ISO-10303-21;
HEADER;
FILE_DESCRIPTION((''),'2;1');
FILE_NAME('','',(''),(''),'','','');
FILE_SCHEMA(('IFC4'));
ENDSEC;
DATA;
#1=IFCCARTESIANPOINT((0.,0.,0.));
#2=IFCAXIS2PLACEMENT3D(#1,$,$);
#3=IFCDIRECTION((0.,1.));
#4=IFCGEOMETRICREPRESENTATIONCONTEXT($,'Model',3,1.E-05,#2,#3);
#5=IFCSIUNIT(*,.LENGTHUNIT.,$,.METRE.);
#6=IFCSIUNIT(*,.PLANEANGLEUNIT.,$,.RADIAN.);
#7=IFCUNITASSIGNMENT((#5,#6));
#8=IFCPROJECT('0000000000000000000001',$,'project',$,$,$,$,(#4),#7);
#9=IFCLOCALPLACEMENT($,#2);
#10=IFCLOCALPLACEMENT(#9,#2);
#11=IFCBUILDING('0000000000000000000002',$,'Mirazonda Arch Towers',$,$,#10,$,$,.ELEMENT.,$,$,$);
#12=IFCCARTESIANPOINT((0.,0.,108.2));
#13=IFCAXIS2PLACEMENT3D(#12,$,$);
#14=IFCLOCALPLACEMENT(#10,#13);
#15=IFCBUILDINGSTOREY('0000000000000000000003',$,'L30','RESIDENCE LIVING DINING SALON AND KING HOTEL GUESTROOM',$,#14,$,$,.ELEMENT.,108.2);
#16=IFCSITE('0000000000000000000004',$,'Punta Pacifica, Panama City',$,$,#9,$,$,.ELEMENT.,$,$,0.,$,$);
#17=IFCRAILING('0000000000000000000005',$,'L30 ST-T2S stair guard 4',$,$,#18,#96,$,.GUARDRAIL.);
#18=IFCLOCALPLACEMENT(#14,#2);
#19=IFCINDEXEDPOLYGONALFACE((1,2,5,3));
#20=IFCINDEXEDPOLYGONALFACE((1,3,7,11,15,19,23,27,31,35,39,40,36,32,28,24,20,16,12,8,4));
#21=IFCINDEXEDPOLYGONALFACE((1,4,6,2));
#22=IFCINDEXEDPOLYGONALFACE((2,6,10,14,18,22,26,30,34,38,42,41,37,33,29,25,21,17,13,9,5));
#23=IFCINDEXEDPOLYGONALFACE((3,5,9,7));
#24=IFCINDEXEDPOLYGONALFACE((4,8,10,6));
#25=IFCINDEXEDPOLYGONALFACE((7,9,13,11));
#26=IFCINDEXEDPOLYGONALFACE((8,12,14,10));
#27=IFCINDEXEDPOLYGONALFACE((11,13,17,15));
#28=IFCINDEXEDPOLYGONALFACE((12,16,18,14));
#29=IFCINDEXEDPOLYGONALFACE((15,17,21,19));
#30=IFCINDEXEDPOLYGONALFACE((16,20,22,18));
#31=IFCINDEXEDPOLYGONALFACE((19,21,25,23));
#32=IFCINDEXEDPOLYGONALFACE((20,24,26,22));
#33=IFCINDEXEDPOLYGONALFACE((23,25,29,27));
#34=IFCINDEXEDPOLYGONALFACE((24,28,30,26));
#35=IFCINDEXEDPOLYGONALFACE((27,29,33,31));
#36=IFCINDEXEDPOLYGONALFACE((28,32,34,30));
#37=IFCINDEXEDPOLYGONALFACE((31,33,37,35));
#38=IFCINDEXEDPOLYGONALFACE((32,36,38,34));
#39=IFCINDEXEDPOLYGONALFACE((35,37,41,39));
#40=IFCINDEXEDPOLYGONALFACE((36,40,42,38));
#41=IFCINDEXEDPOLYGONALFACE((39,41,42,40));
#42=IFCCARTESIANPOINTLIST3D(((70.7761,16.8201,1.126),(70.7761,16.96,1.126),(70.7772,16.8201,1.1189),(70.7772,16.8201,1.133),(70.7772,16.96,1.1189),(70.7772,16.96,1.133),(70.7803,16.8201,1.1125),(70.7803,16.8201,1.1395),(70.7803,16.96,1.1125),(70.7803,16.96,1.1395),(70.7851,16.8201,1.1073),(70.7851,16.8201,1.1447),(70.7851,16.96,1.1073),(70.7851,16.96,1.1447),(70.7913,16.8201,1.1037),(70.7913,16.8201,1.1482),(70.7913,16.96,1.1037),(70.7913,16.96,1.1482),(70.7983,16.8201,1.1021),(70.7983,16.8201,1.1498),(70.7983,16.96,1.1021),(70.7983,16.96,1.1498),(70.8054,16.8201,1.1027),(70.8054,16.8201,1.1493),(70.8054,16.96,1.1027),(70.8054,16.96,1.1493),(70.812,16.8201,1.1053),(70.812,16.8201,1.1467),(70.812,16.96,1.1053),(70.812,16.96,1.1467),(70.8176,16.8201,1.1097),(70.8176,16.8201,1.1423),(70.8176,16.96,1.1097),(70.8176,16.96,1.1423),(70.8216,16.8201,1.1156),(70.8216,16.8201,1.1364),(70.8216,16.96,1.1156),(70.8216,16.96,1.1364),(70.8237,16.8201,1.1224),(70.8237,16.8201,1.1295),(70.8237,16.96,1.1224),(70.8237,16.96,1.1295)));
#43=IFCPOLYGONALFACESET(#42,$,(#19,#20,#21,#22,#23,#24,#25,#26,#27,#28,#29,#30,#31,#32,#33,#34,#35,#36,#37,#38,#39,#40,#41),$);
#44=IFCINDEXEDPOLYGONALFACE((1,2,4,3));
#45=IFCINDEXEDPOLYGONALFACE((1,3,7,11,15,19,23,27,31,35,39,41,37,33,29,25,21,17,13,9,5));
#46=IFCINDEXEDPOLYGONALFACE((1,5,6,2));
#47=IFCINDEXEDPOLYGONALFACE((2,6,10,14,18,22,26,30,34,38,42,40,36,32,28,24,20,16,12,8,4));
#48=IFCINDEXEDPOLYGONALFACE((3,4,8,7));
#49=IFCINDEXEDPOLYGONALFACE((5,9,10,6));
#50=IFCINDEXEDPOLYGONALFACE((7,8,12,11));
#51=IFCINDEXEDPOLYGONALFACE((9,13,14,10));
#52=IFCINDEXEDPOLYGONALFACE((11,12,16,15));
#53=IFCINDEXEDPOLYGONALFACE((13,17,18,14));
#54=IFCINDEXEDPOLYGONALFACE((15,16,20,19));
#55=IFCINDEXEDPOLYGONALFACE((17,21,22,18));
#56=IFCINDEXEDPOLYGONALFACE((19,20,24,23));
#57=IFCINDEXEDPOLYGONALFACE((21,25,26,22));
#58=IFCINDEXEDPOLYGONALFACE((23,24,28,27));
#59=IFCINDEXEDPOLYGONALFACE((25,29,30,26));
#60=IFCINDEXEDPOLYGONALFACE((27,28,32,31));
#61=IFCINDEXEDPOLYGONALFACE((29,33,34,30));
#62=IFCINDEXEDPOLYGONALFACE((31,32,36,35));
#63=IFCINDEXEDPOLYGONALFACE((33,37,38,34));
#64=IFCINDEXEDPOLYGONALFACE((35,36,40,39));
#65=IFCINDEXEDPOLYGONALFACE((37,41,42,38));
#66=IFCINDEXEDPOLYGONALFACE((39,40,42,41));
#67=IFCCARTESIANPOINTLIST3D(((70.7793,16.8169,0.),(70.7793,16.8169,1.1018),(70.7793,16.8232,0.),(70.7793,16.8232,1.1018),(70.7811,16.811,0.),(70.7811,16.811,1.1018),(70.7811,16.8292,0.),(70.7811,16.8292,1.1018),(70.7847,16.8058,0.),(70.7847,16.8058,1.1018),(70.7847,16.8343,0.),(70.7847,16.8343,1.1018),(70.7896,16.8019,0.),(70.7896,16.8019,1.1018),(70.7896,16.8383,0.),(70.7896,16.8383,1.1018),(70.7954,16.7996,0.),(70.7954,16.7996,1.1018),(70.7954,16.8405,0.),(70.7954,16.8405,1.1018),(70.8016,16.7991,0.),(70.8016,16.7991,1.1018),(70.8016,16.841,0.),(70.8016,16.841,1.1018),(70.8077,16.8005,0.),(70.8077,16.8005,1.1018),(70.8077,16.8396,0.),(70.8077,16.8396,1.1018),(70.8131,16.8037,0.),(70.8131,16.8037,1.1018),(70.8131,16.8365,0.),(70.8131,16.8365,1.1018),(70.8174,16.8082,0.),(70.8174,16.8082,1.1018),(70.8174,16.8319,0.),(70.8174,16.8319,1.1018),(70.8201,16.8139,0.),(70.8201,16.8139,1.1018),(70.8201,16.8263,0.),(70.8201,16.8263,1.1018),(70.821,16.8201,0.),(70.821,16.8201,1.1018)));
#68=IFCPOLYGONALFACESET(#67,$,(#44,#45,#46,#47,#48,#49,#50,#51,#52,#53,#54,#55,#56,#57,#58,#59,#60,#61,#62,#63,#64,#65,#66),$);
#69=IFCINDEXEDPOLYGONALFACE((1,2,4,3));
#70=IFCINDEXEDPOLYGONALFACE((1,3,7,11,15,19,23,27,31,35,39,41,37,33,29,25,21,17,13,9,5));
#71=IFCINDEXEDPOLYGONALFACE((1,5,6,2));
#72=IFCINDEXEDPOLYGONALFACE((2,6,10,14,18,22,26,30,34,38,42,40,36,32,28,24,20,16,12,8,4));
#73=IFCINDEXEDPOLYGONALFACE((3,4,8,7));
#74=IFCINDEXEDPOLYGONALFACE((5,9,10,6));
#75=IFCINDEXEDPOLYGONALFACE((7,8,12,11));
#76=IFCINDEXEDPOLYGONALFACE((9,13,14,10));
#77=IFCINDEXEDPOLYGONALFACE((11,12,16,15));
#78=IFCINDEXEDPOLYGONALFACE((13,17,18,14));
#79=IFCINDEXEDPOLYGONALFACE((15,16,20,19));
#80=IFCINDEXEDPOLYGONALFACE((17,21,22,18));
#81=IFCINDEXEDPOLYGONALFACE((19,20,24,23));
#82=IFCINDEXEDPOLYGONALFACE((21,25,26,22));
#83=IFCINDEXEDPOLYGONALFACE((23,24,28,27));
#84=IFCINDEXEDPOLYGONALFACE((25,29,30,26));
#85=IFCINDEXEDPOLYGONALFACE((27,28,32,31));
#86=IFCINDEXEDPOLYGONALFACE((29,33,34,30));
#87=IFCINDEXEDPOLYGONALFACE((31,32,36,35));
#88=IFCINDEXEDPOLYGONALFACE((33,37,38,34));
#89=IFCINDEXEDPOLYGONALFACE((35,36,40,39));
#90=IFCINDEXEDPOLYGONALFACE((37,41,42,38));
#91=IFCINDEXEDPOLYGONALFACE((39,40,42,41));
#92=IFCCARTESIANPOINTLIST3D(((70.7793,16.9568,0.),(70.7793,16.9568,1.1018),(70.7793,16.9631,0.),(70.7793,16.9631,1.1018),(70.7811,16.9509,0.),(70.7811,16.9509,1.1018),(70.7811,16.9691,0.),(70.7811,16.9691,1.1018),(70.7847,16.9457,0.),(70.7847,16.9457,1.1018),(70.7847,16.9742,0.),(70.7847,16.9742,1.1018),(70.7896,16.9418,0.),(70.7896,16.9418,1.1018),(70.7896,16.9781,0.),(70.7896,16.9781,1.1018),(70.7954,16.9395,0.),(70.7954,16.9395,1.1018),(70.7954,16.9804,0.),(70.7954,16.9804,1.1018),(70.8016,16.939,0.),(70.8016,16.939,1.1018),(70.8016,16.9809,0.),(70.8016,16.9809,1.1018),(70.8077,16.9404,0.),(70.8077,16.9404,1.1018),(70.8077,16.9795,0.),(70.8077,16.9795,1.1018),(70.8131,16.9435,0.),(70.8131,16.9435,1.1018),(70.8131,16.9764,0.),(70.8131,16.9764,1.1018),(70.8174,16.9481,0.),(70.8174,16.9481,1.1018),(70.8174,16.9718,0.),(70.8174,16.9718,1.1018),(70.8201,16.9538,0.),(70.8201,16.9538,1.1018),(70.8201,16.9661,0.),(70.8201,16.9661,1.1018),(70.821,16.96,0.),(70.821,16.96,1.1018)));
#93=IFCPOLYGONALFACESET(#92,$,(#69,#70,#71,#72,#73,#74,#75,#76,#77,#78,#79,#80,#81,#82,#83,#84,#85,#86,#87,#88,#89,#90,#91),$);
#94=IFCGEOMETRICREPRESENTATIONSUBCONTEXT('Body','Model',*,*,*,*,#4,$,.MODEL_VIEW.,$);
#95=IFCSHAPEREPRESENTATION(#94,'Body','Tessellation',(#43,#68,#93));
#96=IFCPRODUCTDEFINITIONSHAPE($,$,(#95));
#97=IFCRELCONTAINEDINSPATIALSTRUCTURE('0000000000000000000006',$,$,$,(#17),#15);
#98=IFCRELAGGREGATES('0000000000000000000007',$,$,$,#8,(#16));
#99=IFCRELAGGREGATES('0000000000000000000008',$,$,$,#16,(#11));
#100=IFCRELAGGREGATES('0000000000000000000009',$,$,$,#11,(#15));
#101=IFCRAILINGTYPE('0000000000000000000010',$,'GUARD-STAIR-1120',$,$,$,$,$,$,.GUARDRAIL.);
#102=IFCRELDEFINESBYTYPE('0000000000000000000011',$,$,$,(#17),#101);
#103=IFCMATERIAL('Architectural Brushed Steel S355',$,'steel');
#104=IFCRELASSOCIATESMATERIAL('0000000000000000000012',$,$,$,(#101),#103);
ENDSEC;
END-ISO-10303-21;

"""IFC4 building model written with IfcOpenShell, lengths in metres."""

from ifc_helpers import new_model, si_unit, direction, frame, origin, origin_2d, place, context, subcontext, project, spatial, circle, extrude, material, type_object, element, save


model = new_model("IFC4")

# Units and contexts
model_context = context("Model", 3, precision=1e-05, world=origin(), true_north=direction((0.0, 1.0)))
body_context = subcontext(model_context, "Body", "Model", "MODEL_VIEW")
ifc_project = project(units=[si_unit("LENGTHUNIT", "METRE"), si_unit("PLANEANGLEUNIT", "RADIAN")], contexts=[model_context])

# Site, building, storey
site_placement = place(None, origin())
site = spatial("IfcSite", under=ifc_project, at=site_placement, Name="Punta Pacifica, Panama City", CompositionType="ELEMENT", RefElevation=0.0)
building_placement = place(site_placement, origin())
building = spatial("IfcBuilding", under=site, at=building_placement, Name="Mirazonda Arch Towers", CompositionType="ELEMENT")
storey_placement = place(building_placement, frame((0.0, 0.0, 108.2)))
storey = spatial("IfcBuildingStorey", under=building, at=storey_placement, Name="L30", Description="RESIDENCE LIVING DINING SALON AND KING HOTEL GUESTROOM", CompositionType="ELEMENT", Elevation=108.2)

# Shared definitions
ifc_material_1 = material(Name="Architectural Brushed Steel S355", Category="steel")

# Railing
railing_type = type_object("IfcRailingType", Name="GUARD-STAIR-1120", PredefinedType="GUARDRAIL", material=ifc_material_1)
railing_1_placement = place(storey_placement, frame((70.8, 16.8201, 0.0)))
element("IfcRailing", 1, at=railing_1_placement, inside=storey, type_object=railing_type, Name="L30 ST-T2S stair guard 4", PredefinedType="GUARDRAIL", context=body_context, shape_type="SweptSolid", body=[
    extrude(circle(Radius=0.0239, at=origin_2d()), frame((0.0, 0.0, 1.126), z_axis=(0.0, 1.0, 0.0), x_axis=(-1.0, 0.0, 0.0)), (0.0, 0.0, 1.0), 0.1399),
    extrude(circle(Radius=0.021, at=origin_2d()), origin(), (0.0, 0.0, 1.0), 1.1018),
    extrude(circle(Radius=0.021, at=origin_2d()), frame((0.0, 0.1399, 0.0)), (0.0, 0.0, 1.0), 1.1018),
])

save(model, "model.ifc")
